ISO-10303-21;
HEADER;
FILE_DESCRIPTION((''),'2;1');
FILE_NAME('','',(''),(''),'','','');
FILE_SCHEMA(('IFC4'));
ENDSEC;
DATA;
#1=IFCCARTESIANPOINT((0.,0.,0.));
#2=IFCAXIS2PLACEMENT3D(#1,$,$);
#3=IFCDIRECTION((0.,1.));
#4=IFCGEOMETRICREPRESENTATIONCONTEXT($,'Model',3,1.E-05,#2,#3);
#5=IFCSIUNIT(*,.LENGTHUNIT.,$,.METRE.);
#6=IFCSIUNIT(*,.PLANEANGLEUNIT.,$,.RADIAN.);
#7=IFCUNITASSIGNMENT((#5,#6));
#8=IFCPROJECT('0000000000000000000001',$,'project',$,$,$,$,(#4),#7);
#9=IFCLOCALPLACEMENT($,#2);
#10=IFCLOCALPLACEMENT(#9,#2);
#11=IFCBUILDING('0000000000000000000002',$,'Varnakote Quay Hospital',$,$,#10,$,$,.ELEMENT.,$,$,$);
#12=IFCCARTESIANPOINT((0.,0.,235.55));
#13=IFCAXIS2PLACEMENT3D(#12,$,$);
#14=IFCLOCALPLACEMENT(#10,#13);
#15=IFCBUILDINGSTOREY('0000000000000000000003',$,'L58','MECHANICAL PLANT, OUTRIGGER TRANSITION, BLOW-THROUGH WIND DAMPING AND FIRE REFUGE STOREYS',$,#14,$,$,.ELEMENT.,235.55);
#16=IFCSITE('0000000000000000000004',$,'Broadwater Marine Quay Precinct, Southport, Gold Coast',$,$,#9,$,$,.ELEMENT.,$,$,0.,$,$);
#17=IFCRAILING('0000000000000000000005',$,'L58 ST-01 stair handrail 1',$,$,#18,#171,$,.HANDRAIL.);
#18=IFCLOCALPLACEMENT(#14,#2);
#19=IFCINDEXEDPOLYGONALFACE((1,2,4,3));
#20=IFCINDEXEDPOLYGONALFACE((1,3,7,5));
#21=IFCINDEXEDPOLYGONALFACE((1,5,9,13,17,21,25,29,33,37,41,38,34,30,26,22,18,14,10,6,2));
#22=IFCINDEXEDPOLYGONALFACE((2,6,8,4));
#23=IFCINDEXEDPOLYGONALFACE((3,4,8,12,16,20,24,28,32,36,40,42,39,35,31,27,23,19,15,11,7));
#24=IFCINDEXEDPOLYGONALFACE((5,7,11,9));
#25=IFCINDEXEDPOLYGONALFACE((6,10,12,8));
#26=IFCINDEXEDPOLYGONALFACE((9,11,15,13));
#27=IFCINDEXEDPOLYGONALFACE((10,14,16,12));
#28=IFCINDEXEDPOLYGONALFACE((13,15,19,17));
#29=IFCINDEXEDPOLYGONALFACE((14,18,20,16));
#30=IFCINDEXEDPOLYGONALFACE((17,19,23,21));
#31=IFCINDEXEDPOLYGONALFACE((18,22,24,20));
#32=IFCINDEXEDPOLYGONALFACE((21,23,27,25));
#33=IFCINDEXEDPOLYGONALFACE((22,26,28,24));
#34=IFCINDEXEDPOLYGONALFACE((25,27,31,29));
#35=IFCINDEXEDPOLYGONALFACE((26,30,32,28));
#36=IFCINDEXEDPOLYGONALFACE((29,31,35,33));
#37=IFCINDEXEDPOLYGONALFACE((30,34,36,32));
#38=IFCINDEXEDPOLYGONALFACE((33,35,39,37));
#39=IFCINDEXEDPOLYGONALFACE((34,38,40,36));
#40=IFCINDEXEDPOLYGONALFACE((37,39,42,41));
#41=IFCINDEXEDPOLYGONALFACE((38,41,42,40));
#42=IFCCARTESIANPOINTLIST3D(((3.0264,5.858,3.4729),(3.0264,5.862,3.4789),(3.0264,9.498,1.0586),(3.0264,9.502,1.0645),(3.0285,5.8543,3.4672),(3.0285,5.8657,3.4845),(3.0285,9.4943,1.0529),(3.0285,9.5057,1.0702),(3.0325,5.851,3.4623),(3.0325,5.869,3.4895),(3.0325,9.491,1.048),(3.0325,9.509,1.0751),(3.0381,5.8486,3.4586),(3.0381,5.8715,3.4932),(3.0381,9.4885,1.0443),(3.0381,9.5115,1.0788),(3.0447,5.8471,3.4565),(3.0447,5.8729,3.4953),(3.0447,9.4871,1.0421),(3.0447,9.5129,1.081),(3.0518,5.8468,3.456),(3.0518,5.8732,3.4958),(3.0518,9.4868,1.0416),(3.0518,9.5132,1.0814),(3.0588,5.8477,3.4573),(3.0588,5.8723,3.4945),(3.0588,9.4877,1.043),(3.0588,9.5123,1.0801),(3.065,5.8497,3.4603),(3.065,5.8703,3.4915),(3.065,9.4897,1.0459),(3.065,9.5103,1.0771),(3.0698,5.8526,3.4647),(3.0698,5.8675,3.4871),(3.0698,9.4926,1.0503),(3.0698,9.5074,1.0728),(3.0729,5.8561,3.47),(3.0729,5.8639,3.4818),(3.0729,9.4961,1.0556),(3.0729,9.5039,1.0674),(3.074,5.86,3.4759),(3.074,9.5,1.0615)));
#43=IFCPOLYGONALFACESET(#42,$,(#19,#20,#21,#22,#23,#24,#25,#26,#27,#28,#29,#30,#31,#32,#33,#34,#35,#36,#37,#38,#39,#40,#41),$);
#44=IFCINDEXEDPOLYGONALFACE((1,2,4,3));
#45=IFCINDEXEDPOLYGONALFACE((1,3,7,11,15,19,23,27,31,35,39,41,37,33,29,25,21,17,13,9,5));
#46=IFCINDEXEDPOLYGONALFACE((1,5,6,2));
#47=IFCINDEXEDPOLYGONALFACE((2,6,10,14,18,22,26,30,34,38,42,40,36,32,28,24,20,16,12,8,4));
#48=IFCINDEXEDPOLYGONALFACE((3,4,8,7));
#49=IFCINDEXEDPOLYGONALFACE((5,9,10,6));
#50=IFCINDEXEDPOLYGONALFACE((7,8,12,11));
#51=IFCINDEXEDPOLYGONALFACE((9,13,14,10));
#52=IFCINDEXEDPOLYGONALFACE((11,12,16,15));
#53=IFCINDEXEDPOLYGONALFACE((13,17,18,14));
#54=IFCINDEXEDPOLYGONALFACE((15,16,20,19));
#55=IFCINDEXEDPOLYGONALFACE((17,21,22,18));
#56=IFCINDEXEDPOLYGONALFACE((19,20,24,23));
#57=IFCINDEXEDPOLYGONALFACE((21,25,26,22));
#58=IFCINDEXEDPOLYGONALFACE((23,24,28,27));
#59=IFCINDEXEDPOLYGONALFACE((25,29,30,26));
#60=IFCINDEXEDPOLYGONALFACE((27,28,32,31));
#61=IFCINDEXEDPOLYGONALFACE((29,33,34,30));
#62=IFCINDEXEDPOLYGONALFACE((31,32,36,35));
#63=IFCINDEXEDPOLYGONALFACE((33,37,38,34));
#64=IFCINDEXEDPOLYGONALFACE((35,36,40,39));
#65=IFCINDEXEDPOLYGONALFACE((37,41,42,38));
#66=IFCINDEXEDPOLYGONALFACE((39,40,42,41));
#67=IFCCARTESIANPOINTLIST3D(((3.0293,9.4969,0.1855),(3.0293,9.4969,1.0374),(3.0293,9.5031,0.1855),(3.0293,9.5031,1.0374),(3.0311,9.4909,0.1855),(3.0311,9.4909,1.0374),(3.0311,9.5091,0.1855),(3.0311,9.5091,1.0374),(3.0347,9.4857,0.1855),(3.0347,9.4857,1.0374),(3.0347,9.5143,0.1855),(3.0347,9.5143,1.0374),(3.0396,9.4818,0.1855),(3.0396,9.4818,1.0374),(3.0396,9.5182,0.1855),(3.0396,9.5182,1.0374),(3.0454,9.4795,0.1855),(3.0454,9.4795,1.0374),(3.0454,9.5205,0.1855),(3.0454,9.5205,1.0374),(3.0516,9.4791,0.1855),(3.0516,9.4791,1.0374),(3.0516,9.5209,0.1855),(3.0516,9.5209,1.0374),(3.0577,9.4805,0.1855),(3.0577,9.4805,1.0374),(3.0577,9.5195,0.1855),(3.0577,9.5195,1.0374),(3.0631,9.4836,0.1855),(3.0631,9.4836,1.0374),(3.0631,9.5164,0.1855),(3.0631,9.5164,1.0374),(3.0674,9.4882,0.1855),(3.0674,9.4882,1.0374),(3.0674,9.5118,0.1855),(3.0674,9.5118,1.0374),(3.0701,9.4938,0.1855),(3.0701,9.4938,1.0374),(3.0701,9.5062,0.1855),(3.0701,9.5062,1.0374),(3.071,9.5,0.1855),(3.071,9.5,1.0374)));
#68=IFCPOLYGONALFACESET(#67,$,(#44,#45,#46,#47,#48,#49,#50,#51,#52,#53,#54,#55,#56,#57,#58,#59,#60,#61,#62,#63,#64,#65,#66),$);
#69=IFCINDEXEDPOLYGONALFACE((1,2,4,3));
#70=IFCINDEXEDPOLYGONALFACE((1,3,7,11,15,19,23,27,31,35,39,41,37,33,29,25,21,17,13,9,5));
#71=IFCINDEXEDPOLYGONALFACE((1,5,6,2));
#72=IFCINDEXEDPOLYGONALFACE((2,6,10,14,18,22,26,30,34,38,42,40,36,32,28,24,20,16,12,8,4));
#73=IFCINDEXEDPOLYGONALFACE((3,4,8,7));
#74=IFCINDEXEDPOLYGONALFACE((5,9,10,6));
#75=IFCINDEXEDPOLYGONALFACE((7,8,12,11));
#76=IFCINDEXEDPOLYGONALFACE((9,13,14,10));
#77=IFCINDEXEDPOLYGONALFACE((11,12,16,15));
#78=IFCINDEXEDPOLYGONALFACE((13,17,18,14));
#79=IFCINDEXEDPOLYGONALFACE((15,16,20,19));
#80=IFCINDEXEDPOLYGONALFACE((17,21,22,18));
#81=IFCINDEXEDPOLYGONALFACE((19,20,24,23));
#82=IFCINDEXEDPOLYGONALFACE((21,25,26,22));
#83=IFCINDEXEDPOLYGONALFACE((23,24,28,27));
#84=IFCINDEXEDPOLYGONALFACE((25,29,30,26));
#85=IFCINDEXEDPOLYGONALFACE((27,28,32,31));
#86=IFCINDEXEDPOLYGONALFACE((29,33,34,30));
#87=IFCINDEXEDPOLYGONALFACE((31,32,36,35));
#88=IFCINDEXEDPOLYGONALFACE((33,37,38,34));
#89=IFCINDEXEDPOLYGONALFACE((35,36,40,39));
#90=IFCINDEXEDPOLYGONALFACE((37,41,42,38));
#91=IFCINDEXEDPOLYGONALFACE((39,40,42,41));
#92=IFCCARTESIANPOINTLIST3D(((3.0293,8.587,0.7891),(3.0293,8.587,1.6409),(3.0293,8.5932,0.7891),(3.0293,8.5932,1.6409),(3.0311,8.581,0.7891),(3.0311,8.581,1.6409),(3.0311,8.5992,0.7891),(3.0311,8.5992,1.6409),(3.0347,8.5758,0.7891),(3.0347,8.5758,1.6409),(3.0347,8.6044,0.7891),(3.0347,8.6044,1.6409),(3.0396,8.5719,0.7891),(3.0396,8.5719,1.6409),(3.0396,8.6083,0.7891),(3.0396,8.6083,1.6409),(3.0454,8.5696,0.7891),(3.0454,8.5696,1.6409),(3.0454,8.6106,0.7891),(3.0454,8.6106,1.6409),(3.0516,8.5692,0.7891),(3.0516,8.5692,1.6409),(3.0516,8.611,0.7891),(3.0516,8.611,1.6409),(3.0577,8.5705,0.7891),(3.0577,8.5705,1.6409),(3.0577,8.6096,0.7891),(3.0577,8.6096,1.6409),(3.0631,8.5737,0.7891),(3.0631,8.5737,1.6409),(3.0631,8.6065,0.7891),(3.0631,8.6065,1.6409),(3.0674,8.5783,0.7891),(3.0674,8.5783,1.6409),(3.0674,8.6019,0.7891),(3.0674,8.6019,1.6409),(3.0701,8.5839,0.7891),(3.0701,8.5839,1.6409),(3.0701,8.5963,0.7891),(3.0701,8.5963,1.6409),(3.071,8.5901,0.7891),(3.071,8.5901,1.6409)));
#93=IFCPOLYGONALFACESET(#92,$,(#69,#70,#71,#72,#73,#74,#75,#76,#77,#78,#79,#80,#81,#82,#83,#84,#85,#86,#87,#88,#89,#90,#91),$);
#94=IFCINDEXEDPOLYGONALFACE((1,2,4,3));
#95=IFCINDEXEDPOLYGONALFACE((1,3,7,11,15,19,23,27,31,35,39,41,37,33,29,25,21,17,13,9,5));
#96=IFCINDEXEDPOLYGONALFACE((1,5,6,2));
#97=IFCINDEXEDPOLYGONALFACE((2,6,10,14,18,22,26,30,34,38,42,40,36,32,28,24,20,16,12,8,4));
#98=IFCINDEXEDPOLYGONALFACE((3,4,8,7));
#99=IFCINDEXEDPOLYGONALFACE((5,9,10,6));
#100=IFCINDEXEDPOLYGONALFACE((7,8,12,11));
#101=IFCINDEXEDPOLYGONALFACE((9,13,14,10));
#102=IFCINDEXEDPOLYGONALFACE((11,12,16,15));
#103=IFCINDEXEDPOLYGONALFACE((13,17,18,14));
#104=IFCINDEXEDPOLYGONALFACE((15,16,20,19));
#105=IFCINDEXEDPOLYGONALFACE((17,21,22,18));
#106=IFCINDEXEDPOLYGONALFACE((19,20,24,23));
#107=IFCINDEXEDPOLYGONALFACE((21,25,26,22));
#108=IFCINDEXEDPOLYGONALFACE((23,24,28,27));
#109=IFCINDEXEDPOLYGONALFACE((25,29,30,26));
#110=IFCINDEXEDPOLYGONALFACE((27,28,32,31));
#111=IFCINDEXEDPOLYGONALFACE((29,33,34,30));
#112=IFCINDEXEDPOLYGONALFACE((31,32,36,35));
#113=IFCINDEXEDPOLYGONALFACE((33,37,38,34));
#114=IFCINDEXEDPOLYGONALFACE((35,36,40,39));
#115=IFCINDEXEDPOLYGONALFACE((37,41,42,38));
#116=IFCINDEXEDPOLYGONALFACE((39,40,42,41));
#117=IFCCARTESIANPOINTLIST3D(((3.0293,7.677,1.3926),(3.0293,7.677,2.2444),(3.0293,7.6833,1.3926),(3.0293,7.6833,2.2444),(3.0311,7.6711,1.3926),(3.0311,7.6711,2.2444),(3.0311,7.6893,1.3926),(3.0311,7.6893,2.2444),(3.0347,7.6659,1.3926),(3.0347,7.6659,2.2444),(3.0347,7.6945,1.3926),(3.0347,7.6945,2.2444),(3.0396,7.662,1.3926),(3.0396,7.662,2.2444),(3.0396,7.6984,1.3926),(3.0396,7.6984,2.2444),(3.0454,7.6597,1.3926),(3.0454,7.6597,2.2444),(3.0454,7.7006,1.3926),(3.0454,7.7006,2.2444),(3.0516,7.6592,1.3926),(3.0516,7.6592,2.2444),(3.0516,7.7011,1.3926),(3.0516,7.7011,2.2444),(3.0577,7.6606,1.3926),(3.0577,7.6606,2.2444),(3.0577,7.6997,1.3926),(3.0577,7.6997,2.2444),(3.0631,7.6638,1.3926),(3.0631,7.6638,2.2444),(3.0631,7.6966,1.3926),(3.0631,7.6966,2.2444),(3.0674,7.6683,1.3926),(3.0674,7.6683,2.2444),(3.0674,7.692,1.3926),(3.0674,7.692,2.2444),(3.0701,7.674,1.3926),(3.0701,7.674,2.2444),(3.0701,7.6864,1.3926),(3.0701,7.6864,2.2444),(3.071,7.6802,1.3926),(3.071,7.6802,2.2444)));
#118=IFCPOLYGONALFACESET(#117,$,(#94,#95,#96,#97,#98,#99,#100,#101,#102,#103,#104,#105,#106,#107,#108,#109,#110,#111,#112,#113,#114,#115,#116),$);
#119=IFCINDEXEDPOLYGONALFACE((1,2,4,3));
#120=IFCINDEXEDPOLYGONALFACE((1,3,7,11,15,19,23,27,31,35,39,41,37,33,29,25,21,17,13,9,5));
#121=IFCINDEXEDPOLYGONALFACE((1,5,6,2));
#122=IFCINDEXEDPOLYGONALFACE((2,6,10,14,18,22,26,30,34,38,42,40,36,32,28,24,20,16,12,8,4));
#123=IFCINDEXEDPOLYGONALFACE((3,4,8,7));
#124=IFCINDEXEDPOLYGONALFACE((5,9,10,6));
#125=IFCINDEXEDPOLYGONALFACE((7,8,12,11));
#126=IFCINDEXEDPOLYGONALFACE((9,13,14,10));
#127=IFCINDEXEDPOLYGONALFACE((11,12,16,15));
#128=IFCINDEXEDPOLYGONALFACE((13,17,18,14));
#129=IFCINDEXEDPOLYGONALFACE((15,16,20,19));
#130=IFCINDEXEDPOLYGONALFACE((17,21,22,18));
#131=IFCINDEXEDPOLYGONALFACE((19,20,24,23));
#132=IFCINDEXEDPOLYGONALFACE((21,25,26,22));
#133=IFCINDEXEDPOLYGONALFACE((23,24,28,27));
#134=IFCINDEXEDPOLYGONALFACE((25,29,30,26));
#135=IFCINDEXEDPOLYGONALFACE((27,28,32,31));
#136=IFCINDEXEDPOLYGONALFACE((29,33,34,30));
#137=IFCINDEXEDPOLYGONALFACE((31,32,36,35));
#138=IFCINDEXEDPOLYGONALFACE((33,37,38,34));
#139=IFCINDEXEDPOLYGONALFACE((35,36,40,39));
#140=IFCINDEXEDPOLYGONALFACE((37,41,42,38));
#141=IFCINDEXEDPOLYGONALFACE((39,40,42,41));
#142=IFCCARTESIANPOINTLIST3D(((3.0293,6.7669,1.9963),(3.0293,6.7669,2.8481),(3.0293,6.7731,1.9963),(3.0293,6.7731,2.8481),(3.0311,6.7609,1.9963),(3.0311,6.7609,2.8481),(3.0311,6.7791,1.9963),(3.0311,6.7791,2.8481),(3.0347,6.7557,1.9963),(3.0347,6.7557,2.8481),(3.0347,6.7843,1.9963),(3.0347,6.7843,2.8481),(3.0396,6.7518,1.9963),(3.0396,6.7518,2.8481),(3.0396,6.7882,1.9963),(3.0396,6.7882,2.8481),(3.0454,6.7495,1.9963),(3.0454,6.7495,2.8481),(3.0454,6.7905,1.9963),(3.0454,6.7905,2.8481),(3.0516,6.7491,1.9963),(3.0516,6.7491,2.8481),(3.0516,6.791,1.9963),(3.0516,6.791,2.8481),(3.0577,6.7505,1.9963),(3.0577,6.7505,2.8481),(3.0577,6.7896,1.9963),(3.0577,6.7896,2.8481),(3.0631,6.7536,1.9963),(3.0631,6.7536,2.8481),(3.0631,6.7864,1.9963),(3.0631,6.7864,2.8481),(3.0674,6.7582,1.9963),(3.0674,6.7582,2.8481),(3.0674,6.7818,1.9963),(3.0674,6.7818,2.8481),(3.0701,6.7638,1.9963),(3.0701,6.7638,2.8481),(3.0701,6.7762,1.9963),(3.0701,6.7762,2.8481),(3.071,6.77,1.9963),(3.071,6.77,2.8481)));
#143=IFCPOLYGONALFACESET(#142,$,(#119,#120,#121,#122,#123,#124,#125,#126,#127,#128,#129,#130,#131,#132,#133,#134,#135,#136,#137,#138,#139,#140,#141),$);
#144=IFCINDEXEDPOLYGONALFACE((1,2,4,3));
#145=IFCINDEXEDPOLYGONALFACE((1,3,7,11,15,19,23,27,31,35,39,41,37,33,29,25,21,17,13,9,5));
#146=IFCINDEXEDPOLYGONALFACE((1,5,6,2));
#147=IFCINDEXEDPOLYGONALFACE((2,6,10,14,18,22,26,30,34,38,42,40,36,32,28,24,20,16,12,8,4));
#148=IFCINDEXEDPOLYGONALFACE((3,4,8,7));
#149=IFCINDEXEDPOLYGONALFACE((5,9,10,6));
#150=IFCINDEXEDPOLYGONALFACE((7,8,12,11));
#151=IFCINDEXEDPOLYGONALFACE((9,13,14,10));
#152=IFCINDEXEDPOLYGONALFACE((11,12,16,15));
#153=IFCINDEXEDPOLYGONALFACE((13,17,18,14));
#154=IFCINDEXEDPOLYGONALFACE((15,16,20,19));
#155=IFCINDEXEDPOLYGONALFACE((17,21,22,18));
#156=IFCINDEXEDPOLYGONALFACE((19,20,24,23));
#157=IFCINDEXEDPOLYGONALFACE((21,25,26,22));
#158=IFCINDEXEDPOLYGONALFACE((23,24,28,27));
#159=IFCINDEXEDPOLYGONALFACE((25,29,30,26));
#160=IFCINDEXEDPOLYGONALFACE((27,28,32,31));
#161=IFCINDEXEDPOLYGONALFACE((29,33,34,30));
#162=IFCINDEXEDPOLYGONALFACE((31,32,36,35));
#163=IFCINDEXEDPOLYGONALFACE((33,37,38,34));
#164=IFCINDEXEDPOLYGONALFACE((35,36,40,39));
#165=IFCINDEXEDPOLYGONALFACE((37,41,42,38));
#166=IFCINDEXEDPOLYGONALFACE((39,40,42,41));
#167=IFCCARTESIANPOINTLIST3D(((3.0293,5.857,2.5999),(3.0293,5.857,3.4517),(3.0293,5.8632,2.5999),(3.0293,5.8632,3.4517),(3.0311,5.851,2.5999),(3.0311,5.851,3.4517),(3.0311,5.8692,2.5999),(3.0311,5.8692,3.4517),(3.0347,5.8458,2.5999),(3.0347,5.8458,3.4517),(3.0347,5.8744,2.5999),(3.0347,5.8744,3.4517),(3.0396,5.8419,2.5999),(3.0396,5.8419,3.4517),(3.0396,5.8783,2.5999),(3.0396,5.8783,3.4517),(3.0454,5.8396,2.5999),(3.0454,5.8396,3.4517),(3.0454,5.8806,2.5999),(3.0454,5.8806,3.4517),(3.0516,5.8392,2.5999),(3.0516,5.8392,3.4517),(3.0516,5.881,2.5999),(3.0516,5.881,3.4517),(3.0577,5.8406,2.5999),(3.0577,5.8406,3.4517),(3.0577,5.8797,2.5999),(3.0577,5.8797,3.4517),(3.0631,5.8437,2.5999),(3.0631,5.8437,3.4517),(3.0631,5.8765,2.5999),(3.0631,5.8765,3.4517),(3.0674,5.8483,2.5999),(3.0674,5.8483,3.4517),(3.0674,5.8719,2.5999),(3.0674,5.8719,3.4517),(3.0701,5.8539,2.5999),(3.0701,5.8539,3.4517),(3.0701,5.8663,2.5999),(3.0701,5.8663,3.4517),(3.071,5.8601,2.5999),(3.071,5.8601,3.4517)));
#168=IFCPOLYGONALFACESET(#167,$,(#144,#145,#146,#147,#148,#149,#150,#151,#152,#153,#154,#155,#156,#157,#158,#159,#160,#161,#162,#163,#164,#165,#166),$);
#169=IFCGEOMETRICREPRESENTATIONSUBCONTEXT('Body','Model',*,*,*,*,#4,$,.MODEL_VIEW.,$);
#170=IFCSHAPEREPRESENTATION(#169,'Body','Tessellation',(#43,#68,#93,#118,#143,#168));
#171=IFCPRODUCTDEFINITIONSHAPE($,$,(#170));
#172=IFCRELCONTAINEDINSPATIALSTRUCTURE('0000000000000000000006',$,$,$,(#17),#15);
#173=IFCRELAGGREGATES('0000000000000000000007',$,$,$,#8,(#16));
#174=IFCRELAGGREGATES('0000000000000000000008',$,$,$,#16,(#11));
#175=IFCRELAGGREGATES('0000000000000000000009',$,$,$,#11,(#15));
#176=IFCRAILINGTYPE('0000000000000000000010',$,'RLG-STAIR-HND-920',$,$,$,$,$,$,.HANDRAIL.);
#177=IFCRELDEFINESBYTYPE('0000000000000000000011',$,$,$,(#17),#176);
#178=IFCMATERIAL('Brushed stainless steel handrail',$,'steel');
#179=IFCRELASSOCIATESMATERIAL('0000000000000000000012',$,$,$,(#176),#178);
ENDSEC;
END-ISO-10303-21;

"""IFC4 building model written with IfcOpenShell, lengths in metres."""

from ifc_helpers import new_model, si_unit, direction, frame, origin, origin_2d, place, context, subcontext, project, spatial, circle, extrude, material, type_object, element, save


model = new_model("IFC4")

# Units and contexts
model_context = context("Model", 3, precision=1e-05, world=origin(), true_north=direction((0.0, 1.0)))
body_context = subcontext(model_context, "Body", "Model", "MODEL_VIEW")
ifc_project = project(units=[si_unit("LENGTHUNIT", "METRE"), si_unit("PLANEANGLEUNIT", "RADIAN")], contexts=[model_context])

# Site, building, storey
site_placement = place(None, origin())
site = spatial("IfcSite", under=ifc_project, at=site_placement, Name="Broadwater Marine Quay Precinct, Southport, Gold Coast", CompositionType="ELEMENT", RefElevation=0.0)
building_placement = place(site_placement, origin())
building = spatial("IfcBuilding", under=site, at=building_placement, Name="Varnakote Quay Hospital", CompositionType="ELEMENT")
storey_placement = place(building_placement, frame((0.0, 0.0, 235.55)))
storey = spatial("IfcBuildingStorey", under=building, at=storey_placement, Name="L58", Description="MECHANICAL PLANT, OUTRIGGER TRANSITION, BLOW-THROUGH WIND DAMPING AND FIRE REFUGE STOREYS", CompositionType="ELEMENT", Elevation=235.55)

# Railing
ifc_material_1 = material(Name="Brushed stainless steel handrail", Category="steel")
railing_type_1 = type_object("IfcRailingType", Name="RLG-STAIR-HND-920", PredefinedType="HANDRAIL", material=ifc_material_1)
railing_1_placement = place(storey_placement, frame((3.05, 9.5, 0.1855)))
element("IfcRailing", 1, at=railing_1_placement, inside=storey, type_object=railing_type_1, Name="L58 ST-01 stair handrail 1", PredefinedType="HANDRAIL", context=body_context, shape_type="SweptSolid", body=[
    extrude(circle(Radius=0.0239, at=origin_2d()), frame((0.0, 0.0, 0.876), z_axis=(0.0, -0.833347, 0.552751), x_axis=(1.0, 0.0, 0.0)), (0.0, 0.0, 1.0), 4.3679),
    extrude(circle(Radius=0.021, at=origin_2d()), origin(), (0.0, 0.0, 1.0), 0.8518),
    extrude(circle(Radius=0.021, at=origin_2d()), frame((0.0, -0.9099, 0.6035)), (0.0, 0.0, 1.0), 0.8518),
    extrude(circle(Radius=0.021, at=origin_2d()), frame((0.0, -1.8198, 1.207)), (0.0, 0.0, 1.0), 0.8518),
    extrude(circle(Radius=0.021, at=origin_2d()), frame((0.0, -2.73, 1.8108)), (0.0, 0.0, 1.0), 0.8518),
    extrude(circle(Radius=0.021, at=origin_2d()), frame((0.0, -3.6399, 2.4143)), (0.0, 0.0, 1.0), 0.8518),
])

save(model, "model.ifc")
